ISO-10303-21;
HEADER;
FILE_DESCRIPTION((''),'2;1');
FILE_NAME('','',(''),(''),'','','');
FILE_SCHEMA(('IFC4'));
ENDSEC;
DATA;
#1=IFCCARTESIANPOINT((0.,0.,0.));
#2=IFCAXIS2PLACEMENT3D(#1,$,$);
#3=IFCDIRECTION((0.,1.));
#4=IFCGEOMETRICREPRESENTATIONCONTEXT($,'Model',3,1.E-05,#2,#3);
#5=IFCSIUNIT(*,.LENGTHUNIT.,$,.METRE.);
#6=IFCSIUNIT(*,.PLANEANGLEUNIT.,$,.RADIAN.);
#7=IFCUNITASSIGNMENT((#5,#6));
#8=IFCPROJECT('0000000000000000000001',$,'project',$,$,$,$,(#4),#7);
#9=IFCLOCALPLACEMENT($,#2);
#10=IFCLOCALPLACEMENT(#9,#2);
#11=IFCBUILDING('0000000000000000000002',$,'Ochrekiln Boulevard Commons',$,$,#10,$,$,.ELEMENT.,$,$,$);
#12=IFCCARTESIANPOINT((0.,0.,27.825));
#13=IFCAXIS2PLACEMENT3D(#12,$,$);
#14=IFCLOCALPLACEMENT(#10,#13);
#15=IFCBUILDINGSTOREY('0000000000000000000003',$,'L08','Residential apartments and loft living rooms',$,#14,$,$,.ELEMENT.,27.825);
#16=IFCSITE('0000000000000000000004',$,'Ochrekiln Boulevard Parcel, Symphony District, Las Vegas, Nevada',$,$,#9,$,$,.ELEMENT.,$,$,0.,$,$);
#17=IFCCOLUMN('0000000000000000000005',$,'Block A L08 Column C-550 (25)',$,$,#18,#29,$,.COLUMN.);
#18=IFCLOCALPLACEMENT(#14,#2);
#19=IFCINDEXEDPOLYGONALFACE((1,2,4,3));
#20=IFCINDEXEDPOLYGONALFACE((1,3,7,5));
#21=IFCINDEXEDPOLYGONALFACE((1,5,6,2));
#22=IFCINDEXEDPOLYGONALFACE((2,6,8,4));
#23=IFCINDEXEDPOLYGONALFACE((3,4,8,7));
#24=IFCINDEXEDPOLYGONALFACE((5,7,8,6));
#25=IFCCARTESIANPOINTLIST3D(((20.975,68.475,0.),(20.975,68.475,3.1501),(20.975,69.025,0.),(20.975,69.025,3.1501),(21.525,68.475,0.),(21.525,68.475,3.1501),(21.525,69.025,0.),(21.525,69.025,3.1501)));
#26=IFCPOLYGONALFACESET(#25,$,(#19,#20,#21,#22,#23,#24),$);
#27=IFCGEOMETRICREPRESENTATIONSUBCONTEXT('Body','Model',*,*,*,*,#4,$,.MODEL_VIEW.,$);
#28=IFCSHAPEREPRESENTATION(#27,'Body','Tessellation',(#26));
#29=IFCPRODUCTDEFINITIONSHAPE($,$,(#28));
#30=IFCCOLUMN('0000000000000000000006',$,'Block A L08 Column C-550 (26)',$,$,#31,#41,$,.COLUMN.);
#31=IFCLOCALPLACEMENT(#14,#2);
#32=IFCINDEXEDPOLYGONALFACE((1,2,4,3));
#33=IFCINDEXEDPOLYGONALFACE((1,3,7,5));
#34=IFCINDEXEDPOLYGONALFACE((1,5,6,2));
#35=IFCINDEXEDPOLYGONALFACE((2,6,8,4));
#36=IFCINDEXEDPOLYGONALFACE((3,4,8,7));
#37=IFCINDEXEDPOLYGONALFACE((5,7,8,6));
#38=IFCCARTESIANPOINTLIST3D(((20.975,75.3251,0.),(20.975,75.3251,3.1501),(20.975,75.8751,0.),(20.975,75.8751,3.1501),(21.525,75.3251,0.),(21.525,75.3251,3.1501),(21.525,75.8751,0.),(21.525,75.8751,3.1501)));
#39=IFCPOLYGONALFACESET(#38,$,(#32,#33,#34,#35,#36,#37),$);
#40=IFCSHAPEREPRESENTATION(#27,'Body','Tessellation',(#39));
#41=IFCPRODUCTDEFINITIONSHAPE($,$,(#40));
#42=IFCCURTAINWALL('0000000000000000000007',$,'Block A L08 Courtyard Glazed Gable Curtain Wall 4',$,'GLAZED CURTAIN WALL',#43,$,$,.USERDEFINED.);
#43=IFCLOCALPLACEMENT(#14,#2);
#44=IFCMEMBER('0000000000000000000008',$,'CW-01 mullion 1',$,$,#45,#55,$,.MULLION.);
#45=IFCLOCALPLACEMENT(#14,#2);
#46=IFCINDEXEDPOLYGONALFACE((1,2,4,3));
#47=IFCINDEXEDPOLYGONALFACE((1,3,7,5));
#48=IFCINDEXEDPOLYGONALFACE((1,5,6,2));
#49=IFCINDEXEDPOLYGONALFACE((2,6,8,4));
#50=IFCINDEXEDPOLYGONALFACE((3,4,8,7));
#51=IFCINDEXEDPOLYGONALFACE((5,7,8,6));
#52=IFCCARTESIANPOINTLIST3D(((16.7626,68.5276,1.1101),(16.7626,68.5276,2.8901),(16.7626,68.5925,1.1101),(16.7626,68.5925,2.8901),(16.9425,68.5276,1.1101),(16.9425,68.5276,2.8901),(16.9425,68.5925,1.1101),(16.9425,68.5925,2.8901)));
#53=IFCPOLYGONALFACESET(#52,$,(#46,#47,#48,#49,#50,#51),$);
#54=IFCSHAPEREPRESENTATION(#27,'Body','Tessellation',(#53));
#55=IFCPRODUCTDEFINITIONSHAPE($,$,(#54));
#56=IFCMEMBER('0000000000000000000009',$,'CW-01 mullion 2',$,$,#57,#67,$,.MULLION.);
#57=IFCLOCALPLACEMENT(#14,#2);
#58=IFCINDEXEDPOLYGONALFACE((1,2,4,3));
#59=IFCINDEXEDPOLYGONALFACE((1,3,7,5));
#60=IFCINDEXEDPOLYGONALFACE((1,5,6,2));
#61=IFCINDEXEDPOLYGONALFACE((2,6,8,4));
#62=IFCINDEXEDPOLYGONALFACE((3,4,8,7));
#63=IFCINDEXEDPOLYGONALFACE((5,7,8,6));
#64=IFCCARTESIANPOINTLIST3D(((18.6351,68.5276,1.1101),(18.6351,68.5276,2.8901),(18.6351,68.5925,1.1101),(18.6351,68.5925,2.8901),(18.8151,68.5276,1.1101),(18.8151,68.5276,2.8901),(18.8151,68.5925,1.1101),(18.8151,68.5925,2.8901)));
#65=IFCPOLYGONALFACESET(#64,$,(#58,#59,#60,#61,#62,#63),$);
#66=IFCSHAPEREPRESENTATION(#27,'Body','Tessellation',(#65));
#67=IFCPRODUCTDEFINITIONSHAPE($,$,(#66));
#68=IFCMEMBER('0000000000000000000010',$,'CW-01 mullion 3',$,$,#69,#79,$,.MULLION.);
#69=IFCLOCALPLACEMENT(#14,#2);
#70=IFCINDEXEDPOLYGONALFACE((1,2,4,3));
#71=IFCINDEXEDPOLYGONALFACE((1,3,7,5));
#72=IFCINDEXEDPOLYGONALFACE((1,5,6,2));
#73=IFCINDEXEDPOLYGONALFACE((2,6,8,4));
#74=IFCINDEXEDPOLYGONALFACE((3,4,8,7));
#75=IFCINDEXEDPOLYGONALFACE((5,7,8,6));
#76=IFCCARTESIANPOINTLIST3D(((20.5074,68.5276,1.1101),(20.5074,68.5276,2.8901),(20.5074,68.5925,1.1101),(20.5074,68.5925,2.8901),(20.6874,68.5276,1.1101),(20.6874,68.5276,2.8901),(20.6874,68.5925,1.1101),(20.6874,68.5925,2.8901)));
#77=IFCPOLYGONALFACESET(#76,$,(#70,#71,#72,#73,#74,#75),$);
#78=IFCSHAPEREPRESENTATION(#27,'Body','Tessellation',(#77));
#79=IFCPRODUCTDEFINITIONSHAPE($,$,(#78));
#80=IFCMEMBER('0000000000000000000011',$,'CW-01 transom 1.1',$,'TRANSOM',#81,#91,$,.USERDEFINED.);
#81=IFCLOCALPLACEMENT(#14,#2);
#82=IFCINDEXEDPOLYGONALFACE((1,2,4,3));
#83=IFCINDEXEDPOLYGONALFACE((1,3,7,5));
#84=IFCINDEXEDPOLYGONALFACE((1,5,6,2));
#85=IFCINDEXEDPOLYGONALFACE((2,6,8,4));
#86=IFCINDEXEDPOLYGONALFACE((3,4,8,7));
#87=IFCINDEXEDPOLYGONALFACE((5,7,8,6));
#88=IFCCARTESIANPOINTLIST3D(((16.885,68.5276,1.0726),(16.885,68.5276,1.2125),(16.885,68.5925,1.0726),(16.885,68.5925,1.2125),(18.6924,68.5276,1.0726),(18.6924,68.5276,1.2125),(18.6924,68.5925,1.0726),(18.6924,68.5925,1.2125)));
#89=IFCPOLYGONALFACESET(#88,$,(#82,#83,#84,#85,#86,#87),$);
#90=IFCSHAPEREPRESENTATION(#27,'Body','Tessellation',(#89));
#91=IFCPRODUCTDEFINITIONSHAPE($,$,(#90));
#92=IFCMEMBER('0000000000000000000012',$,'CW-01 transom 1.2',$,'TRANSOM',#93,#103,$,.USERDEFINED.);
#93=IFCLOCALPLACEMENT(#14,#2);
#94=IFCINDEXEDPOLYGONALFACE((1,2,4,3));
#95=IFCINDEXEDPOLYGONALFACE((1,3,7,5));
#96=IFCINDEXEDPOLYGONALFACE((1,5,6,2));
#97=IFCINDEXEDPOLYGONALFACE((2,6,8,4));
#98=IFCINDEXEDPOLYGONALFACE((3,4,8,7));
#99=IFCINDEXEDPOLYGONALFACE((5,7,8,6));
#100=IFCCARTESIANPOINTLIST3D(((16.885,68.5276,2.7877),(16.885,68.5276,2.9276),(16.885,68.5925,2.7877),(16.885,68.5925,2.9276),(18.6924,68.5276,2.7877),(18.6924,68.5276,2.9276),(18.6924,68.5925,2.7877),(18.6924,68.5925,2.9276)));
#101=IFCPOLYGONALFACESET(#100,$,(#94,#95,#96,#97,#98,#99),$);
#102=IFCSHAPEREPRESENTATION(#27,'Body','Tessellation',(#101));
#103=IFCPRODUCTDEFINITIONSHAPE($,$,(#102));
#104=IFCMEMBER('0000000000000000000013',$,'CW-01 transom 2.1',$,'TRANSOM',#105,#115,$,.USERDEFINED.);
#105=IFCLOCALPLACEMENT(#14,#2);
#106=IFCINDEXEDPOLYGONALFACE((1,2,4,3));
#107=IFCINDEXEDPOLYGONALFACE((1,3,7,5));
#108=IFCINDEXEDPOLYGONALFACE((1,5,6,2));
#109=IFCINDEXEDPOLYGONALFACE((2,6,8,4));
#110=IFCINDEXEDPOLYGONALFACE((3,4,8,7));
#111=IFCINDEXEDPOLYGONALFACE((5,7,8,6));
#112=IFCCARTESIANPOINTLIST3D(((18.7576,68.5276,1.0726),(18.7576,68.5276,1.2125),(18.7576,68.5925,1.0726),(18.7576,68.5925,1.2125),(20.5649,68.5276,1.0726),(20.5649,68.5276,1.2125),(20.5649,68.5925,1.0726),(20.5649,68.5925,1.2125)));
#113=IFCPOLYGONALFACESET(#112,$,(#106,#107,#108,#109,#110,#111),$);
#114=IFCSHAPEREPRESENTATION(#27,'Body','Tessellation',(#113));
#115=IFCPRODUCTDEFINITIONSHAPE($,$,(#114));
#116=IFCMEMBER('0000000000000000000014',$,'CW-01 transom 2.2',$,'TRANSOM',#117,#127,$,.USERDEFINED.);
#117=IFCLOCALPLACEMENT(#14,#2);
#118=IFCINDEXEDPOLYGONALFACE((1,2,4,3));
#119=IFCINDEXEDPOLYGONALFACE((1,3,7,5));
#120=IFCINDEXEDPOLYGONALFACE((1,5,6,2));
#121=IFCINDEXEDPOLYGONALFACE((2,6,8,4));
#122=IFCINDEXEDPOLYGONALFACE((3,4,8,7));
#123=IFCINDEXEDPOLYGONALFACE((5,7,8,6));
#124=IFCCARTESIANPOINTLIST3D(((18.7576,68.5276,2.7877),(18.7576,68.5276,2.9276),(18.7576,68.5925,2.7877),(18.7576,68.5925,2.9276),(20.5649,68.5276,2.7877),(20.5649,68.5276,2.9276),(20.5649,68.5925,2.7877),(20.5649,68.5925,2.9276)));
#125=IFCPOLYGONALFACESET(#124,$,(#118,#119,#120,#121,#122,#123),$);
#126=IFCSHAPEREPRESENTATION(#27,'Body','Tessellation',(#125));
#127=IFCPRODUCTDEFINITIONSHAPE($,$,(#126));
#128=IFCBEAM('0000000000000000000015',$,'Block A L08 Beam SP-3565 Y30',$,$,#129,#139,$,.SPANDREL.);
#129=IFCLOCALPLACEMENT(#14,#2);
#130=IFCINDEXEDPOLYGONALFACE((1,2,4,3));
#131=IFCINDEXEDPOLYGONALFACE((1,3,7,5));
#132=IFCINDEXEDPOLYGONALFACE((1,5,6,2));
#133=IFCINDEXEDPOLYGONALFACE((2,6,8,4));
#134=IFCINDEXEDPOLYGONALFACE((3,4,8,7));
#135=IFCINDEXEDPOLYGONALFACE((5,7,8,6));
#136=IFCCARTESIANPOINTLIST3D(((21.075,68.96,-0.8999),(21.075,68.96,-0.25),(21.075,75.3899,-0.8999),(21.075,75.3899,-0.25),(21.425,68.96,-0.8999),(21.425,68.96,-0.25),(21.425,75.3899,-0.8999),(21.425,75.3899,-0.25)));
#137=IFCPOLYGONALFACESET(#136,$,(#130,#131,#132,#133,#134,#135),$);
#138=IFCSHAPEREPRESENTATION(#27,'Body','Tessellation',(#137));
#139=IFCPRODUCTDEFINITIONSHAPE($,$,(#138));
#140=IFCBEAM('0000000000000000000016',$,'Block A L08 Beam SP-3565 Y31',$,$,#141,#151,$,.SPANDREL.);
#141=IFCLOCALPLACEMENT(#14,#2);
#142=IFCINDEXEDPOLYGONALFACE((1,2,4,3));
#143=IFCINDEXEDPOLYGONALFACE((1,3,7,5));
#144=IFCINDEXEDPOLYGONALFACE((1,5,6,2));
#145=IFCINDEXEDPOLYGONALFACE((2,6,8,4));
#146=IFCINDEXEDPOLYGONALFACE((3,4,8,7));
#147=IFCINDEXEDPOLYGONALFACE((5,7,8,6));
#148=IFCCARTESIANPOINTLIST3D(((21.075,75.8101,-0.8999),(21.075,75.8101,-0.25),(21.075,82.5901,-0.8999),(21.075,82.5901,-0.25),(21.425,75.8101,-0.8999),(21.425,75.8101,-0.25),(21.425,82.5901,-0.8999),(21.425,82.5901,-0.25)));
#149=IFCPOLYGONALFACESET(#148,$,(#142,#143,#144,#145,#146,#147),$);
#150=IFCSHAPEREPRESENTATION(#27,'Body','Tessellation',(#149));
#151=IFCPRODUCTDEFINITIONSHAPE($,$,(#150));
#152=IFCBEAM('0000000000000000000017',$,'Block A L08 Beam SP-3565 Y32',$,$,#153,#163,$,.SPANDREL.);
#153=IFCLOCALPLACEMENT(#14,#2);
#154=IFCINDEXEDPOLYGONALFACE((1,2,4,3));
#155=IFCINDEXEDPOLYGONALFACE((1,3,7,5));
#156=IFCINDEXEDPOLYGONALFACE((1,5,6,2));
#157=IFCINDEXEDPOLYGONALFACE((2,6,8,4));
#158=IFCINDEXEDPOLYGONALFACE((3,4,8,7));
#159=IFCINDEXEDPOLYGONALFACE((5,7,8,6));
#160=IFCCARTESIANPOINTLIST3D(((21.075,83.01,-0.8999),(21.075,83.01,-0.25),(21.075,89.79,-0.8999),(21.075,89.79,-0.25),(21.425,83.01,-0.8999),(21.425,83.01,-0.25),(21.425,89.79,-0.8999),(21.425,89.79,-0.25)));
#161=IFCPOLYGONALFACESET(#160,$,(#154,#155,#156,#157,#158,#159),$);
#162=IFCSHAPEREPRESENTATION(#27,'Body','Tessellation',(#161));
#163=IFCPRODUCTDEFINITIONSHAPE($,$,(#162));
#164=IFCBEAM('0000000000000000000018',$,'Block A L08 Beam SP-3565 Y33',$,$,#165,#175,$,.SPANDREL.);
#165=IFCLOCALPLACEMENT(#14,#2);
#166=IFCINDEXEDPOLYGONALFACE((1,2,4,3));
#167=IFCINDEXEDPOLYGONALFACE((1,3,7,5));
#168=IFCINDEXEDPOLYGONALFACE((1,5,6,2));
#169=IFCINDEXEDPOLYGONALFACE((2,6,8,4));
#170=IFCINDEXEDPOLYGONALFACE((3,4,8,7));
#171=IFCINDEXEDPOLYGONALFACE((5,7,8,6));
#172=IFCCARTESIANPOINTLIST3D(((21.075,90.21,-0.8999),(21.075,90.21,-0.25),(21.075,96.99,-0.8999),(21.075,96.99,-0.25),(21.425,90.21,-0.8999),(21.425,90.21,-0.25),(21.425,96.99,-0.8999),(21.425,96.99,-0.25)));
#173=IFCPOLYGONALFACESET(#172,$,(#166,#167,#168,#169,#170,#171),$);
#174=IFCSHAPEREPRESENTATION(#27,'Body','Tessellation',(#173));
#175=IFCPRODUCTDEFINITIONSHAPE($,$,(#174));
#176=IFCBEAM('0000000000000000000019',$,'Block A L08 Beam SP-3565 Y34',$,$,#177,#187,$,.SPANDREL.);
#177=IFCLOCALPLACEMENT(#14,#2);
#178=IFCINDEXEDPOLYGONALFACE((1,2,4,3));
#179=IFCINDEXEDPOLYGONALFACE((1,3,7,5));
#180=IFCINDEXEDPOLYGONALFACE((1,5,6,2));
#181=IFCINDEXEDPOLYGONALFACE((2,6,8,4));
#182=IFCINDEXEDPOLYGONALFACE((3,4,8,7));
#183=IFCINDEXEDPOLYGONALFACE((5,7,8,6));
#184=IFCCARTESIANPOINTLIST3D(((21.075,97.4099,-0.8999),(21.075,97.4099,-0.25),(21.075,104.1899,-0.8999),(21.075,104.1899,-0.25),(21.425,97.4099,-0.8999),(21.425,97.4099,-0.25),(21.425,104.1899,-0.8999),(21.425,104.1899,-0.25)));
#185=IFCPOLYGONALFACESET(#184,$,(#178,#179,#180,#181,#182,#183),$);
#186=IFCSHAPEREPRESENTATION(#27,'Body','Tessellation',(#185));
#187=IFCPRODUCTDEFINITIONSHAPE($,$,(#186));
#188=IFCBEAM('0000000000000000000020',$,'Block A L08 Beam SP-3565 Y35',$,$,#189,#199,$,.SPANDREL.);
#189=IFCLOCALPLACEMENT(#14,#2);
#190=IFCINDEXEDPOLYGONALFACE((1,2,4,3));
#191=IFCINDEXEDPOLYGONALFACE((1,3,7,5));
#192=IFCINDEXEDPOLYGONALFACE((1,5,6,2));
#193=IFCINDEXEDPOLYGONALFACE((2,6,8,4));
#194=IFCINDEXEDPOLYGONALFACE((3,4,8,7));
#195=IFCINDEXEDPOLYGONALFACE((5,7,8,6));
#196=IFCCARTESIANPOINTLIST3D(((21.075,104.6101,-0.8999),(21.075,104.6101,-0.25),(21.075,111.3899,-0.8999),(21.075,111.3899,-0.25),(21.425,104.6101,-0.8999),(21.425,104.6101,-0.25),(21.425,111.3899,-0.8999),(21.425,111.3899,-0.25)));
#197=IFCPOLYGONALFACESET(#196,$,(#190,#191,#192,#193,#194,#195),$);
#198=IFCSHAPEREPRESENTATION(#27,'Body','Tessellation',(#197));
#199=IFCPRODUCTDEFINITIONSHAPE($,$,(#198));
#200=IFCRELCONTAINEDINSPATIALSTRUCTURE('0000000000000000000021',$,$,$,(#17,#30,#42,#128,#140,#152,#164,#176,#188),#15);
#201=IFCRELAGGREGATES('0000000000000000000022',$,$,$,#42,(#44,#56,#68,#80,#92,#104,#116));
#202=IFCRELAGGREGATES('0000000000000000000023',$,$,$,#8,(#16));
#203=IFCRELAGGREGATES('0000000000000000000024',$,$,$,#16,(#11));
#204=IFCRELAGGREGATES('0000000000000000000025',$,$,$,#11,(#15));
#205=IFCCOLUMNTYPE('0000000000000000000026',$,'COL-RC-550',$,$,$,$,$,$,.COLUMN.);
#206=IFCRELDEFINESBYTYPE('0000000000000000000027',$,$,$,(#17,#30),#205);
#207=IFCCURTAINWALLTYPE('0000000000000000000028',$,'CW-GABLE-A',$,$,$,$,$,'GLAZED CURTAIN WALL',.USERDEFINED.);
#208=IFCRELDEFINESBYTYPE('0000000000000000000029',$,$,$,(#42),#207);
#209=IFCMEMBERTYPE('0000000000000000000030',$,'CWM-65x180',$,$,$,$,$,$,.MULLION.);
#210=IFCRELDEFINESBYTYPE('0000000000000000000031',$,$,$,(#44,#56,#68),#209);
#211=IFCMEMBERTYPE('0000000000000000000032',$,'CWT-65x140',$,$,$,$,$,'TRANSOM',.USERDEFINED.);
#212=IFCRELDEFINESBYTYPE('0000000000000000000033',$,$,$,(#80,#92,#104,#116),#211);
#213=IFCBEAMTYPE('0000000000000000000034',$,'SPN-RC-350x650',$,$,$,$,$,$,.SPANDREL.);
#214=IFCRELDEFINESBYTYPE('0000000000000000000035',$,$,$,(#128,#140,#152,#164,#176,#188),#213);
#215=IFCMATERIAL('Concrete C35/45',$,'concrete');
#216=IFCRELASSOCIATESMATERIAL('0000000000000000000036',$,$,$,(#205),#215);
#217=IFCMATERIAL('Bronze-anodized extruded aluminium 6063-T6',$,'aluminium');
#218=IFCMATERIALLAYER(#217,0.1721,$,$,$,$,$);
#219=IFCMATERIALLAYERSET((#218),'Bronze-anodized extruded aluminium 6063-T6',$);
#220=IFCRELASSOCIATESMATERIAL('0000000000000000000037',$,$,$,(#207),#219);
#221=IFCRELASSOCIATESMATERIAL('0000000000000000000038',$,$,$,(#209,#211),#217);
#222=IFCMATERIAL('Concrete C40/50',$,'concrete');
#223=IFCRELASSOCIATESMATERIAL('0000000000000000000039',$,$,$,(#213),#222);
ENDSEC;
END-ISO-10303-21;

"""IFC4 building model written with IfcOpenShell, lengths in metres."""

from ifc_helpers import new_model, si_unit, direction, frame, origin, origin_2d, place, context, subcontext, project, spatial, rectangle, extrude, material, layer, layer_set, material_profile, profile_set, type_object, element, aggregate, save


model = new_model("IFC4")

# Units and contexts
model_context = context("Model", 3, precision=1e-05, world=origin(), true_north=direction((0.0, 1.0)))
body_context = subcontext(model_context, "Body", "Model", "MODEL_VIEW")
ifc_project = project(units=[si_unit("LENGTHUNIT", "METRE"), si_unit("PLANEANGLEUNIT", "RADIAN")], contexts=[model_context])

# Site, building, storey
site_placement = place(None, origin())
site = spatial("IfcSite", under=ifc_project, at=site_placement, Name="Ochrekiln Boulevard Parcel, Symphony District, Las Vegas, Nevada", CompositionType="ELEMENT", RefElevation=0.0)
building_placement = place(site_placement, origin())
building = spatial("IfcBuilding", under=site, at=building_placement, Name="Ochrekiln Boulevard Commons", CompositionType="ELEMENT")
storey_placement = place(building_placement, frame((0.0, 0.0, 27.825)))
storey = spatial("IfcBuildingStorey", under=building, at=storey_placement, Name="L08", Description="Residential apartments and loft living rooms", CompositionType="ELEMENT", Elevation=27.825)

# Columns
ifc_material_1 = material(Name="Concrete C35/45", Category="concrete")
ifc_material_profile_1 = material_profile(ifc_material_1, rectangle(XDim=0.55, YDim=0.55, at=origin_2d()), Name="RC-COL-550x550")
ifc_profile_set_1 = profile_set([ifc_material_profile_1], Name="Concrete C35/45")
column_type = type_object("IfcColumnType", Name="COL-RC-550", PredefinedType="COLUMN", material=ifc_profile_set_1)
for number, where, z_axis, x_axis, name in (
    (1, (21.25, 68.75, 0.0), (0.0, 0.0, 1.0), (1.0, 0.0, 0.0), "Block A L08 Column C-550 (25)"),
    (2, (21.25, 75.6001, 0.0), (0.0, 0.0, 1.0), (1.0, 0.0, 0.0), "Block A L08 Column C-550 (26)"),
):
    element("IfcColumn", number, at=place(storey_placement, frame(where, z_axis=z_axis, x_axis=x_axis)), inside=storey, type_object=column_type, Name=name, PredefinedType="COLUMN", context=body_context, shape_type="SweptSolid", body=[
        extrude(rectangle(XDim=0.55, YDim=0.55, at=origin_2d()), origin(), (0.0, 0.0, 1.0), 3.1501),
    ])

# Curtain wall, members
ifc_material_2 = material(Name="Bronze-anodized extruded aluminium 6063-T6", Category="aluminium")
ifc_layer_1 = layer(ifc_material_2, 0.1721)
ifc_layer_set_1 = layer_set([ifc_layer_1], Name="Bronze-anodized extruded aluminium 6063-T6")
curtain_wall_type = type_object("IfcCurtainWallType", Name="CW-GABLE-A", ElementType="GLAZED CURTAIN WALL", PredefinedType="USERDEFINED", material=ifc_layer_set_1)
curtain_wall_placement = place(storey_placement, origin())
curtain_wall = element("IfcCurtainWall", 3, at=curtain_wall_placement, inside=storey, type_object=curtain_wall_type, Name="Block A L08 Courtyard Glazed Gable Curtain Wall 4", ObjectType="GLAZED CURTAIN WALL", PredefinedType="USERDEFINED")
ifc_material_profile_2 = material_profile(ifc_material_2, rectangle(XDim=0.0649, YDim=0.1799, at=origin_2d()), Name="ALU-MUL-65x180")
ifc_profile_set_2 = profile_set([ifc_material_profile_2], Name="Bronze-anodized extruded aluminium 6063-T6")
member_type_1 = type_object("IfcMemberType", Name="CWM-65x180", PredefinedType="MULLION", material=ifc_profile_set_2)
member_1_placement = place(storey_placement, frame((16.8525, 68.5601, 1.1101), z_axis=(0.0, 0.0, 1.0), x_axis=(0.0, 1.0, 0.0)))
member_1 = element("IfcMember", 4, at=member_1_placement, type_object=member_type_1, Name="CW-01 mullion 1", PredefinedType="MULLION", context=body_context, shape_type="SweptSolid", body=[
    extrude(rectangle(XDim=0.0649, YDim=0.1799, at=origin_2d()), origin(), (0.0, 0.0, 1.0), 1.78),
])
member_2_placement = place(storey_placement, frame((18.7251, 68.5601, 1.1101), z_axis=(0.0, 0.0, 1.0), x_axis=(0.0, 1.0, 0.0)))
member_2 = element("IfcMember", 5, at=member_2_placement, type_object=member_type_1, Name="CW-01 mullion 2", PredefinedType="MULLION", context=body_context, shape_type="SweptSolid", body=[
    extrude(rectangle(XDim=0.0649, YDim=0.1799, at=origin_2d()), origin(), (0.0, 0.0, 1.0), 1.78),
])
member_3_placement = place(storey_placement, frame((20.5974, 68.5601, 1.1101), z_axis=(0.0, 0.0, 1.0), x_axis=(0.0, 1.0, 0.0)))
member_3 = element("IfcMember", 6, at=member_3_placement, type_object=member_type_1, Name="CW-01 mullion 3", PredefinedType="MULLION", context=body_context, shape_type="SweptSolid", body=[
    extrude(rectangle(XDim=0.0649, YDim=0.1799, at=origin_2d()), origin(), (0.0, 0.0, 1.0), 1.78),
])
ifc_material_profile_3 = material_profile(ifc_material_2, rectangle(XDim=0.0649, YDim=0.1399, at=origin_2d()), Name="ALU-TRN-65x140")
ifc_profile_set_3 = profile_set([ifc_material_profile_3], Name="Bronze-anodized extruded aluminium 6063-T6")
member_type_2 = type_object("IfcMemberType", Name="CWT-65x140", ElementType="TRANSOM", PredefinedType="USERDEFINED", material=ifc_profile_set_3)
member_4_placement = place(storey_placement, frame((16.885, 68.5601, 1.1426), z_axis=(1.0, 0.0, 0.0), x_axis=(0.0, 1.0, 0.0)))
member_4 = element("IfcMember", 7, at=member_4_placement, type_object=member_type_2, Name="CW-01 transom 1.1", ObjectType="TRANSOM", PredefinedType="USERDEFINED", context=body_context, shape_type="SweptSolid", body=[
    extrude(rectangle(XDim=0.0649, YDim=0.1399, at=origin_2d()), origin(), (0.0, 0.0, 1.0), 1.8074),
])
member_5_placement = place(storey_placement, frame((16.885, 68.5601, 2.8577), z_axis=(1.0, 0.0, 0.0), x_axis=(0.0, 1.0, 0.0)))
member_5 = element("IfcMember", 8, at=member_5_placement, type_object=member_type_2, Name="CW-01 transom 1.2", ObjectType="TRANSOM", PredefinedType="USERDEFINED", context=body_context, shape_type="SweptSolid", body=[
    extrude(rectangle(XDim=0.0649, YDim=0.1399, at=origin_2d()), origin(), (0.0, 0.0, 1.0), 1.8074),
])
member_6_placement = place(storey_placement, frame((18.7576, 68.5601, 1.1426), z_axis=(1.0, 0.0, 0.0), x_axis=(0.0, 1.0, 0.0)))
member_6 = element("IfcMember", 9, at=member_6_placement, type_object=member_type_2, Name="CW-01 transom 2.1", ObjectType="TRANSOM", PredefinedType="USERDEFINED", context=body_context, shape_type="SweptSolid", body=[
    extrude(rectangle(XDim=0.0649, YDim=0.1399, at=origin_2d()), origin(), (0.0, 0.0, 1.0), 1.8074),
])
member_7_placement = place(storey_placement, frame((18.7576, 68.5601, 2.8577), z_axis=(1.0, 0.0, 0.0), x_axis=(0.0, 1.0, 0.0)))
member_7 = element("IfcMember", 10, at=member_7_placement, type_object=member_type_2, Name="CW-01 transom 2.2", ObjectType="TRANSOM", PredefinedType="USERDEFINED", context=body_context, shape_type="SweptSolid", body=[
    extrude(rectangle(XDim=0.0649, YDim=0.1399, at=origin_2d()), origin(), (0.0, 0.0, 1.0), 1.8074),
])

# Beams
ifc_material_3 = material(Name="Concrete C40/50", Category="concrete")
ifc_material_profile_4 = material_profile(ifc_material_3, rectangle(XDim=0.3501, YDim=0.6499, at=origin_2d()), Name="RC-SPN-350x650")
ifc_profile_set_4 = profile_set([ifc_material_profile_4], Name="Concrete C40/50")
beam_type = type_object("IfcBeamType", Name="SPN-RC-350x650", PredefinedType="SPANDREL", material=ifc_profile_set_4)
beam_1_placement = place(storey_placement, frame((21.25, 68.96, -0.575), z_axis=(0.0, 1.0, 0.0), x_axis=(-1.0, 0.0, 0.0)))
element("IfcBeam", 11, at=beam_1_placement, inside=storey, type_object=beam_type, Name="Block A L08 Beam SP-3565 Y30", PredefinedType="SPANDREL", context=body_context, shape_type="SweptSolid", body=[
    extrude(rectangle(XDim=0.3501, YDim=0.6499, at=origin_2d()), origin(), (0.0, 0.0, 1.0), 6.4299),
])
for number, where, z_axis, x_axis, name in (
    (12, (21.25, 75.8101, -0.575), (0.0, 1.0, 0.0), (-1.0, 0.0, 0.0), "Block A L08 Beam SP-3565 Y31"),
    (13, (21.25, 83.01, -0.575), (0.0, 1.0, 0.0), (-1.0, 0.0, 0.0), "Block A L08 Beam SP-3565 Y32"),
    (14, (21.25, 90.21, -0.575), (0.0, 1.0, 0.0), (-1.0, 0.0, 0.0), "Block A L08 Beam SP-3565 Y33"),
    (15, (21.25, 97.4099, -0.575), (0.0, 1.0, 0.0), (-1.0, 0.0, 0.0), "Block A L08 Beam SP-3565 Y34"),
):
    element("IfcBeam", number, at=place(storey_placement, frame(where, z_axis=z_axis, x_axis=x_axis)), inside=storey, type_object=beam_type, Name=name, PredefinedType="SPANDREL", context=body_context, shape_type="SweptSolid", body=[
        extrude(rectangle(XDim=0.3501, YDim=0.6499, at=origin_2d()), origin(), (0.0, 0.0, 1.0), 6.78),
    ])
beam_2_placement = place(storey_placement, frame((21.25, 104.6101, -0.575), z_axis=(0.0, 1.0, 0.0), x_axis=(-1.0, 0.0, 0.0)))
element("IfcBeam", 16, at=beam_2_placement, inside=storey, type_object=beam_type, Name="Block A L08 Beam SP-3565 Y35", PredefinedType="SPANDREL", context=body_context, shape_type="SweptSolid", body=[
    extrude(rectangle(XDim=0.3501, YDim=0.6499, at=origin_2d()), origin(), (0.0, 0.0, 1.0), 6.7798),
])

aggregate(curtain_wall, [member_1, member_2, member_3, member_4, member_5, member_6, member_7])

save(model, "model.ifc")
